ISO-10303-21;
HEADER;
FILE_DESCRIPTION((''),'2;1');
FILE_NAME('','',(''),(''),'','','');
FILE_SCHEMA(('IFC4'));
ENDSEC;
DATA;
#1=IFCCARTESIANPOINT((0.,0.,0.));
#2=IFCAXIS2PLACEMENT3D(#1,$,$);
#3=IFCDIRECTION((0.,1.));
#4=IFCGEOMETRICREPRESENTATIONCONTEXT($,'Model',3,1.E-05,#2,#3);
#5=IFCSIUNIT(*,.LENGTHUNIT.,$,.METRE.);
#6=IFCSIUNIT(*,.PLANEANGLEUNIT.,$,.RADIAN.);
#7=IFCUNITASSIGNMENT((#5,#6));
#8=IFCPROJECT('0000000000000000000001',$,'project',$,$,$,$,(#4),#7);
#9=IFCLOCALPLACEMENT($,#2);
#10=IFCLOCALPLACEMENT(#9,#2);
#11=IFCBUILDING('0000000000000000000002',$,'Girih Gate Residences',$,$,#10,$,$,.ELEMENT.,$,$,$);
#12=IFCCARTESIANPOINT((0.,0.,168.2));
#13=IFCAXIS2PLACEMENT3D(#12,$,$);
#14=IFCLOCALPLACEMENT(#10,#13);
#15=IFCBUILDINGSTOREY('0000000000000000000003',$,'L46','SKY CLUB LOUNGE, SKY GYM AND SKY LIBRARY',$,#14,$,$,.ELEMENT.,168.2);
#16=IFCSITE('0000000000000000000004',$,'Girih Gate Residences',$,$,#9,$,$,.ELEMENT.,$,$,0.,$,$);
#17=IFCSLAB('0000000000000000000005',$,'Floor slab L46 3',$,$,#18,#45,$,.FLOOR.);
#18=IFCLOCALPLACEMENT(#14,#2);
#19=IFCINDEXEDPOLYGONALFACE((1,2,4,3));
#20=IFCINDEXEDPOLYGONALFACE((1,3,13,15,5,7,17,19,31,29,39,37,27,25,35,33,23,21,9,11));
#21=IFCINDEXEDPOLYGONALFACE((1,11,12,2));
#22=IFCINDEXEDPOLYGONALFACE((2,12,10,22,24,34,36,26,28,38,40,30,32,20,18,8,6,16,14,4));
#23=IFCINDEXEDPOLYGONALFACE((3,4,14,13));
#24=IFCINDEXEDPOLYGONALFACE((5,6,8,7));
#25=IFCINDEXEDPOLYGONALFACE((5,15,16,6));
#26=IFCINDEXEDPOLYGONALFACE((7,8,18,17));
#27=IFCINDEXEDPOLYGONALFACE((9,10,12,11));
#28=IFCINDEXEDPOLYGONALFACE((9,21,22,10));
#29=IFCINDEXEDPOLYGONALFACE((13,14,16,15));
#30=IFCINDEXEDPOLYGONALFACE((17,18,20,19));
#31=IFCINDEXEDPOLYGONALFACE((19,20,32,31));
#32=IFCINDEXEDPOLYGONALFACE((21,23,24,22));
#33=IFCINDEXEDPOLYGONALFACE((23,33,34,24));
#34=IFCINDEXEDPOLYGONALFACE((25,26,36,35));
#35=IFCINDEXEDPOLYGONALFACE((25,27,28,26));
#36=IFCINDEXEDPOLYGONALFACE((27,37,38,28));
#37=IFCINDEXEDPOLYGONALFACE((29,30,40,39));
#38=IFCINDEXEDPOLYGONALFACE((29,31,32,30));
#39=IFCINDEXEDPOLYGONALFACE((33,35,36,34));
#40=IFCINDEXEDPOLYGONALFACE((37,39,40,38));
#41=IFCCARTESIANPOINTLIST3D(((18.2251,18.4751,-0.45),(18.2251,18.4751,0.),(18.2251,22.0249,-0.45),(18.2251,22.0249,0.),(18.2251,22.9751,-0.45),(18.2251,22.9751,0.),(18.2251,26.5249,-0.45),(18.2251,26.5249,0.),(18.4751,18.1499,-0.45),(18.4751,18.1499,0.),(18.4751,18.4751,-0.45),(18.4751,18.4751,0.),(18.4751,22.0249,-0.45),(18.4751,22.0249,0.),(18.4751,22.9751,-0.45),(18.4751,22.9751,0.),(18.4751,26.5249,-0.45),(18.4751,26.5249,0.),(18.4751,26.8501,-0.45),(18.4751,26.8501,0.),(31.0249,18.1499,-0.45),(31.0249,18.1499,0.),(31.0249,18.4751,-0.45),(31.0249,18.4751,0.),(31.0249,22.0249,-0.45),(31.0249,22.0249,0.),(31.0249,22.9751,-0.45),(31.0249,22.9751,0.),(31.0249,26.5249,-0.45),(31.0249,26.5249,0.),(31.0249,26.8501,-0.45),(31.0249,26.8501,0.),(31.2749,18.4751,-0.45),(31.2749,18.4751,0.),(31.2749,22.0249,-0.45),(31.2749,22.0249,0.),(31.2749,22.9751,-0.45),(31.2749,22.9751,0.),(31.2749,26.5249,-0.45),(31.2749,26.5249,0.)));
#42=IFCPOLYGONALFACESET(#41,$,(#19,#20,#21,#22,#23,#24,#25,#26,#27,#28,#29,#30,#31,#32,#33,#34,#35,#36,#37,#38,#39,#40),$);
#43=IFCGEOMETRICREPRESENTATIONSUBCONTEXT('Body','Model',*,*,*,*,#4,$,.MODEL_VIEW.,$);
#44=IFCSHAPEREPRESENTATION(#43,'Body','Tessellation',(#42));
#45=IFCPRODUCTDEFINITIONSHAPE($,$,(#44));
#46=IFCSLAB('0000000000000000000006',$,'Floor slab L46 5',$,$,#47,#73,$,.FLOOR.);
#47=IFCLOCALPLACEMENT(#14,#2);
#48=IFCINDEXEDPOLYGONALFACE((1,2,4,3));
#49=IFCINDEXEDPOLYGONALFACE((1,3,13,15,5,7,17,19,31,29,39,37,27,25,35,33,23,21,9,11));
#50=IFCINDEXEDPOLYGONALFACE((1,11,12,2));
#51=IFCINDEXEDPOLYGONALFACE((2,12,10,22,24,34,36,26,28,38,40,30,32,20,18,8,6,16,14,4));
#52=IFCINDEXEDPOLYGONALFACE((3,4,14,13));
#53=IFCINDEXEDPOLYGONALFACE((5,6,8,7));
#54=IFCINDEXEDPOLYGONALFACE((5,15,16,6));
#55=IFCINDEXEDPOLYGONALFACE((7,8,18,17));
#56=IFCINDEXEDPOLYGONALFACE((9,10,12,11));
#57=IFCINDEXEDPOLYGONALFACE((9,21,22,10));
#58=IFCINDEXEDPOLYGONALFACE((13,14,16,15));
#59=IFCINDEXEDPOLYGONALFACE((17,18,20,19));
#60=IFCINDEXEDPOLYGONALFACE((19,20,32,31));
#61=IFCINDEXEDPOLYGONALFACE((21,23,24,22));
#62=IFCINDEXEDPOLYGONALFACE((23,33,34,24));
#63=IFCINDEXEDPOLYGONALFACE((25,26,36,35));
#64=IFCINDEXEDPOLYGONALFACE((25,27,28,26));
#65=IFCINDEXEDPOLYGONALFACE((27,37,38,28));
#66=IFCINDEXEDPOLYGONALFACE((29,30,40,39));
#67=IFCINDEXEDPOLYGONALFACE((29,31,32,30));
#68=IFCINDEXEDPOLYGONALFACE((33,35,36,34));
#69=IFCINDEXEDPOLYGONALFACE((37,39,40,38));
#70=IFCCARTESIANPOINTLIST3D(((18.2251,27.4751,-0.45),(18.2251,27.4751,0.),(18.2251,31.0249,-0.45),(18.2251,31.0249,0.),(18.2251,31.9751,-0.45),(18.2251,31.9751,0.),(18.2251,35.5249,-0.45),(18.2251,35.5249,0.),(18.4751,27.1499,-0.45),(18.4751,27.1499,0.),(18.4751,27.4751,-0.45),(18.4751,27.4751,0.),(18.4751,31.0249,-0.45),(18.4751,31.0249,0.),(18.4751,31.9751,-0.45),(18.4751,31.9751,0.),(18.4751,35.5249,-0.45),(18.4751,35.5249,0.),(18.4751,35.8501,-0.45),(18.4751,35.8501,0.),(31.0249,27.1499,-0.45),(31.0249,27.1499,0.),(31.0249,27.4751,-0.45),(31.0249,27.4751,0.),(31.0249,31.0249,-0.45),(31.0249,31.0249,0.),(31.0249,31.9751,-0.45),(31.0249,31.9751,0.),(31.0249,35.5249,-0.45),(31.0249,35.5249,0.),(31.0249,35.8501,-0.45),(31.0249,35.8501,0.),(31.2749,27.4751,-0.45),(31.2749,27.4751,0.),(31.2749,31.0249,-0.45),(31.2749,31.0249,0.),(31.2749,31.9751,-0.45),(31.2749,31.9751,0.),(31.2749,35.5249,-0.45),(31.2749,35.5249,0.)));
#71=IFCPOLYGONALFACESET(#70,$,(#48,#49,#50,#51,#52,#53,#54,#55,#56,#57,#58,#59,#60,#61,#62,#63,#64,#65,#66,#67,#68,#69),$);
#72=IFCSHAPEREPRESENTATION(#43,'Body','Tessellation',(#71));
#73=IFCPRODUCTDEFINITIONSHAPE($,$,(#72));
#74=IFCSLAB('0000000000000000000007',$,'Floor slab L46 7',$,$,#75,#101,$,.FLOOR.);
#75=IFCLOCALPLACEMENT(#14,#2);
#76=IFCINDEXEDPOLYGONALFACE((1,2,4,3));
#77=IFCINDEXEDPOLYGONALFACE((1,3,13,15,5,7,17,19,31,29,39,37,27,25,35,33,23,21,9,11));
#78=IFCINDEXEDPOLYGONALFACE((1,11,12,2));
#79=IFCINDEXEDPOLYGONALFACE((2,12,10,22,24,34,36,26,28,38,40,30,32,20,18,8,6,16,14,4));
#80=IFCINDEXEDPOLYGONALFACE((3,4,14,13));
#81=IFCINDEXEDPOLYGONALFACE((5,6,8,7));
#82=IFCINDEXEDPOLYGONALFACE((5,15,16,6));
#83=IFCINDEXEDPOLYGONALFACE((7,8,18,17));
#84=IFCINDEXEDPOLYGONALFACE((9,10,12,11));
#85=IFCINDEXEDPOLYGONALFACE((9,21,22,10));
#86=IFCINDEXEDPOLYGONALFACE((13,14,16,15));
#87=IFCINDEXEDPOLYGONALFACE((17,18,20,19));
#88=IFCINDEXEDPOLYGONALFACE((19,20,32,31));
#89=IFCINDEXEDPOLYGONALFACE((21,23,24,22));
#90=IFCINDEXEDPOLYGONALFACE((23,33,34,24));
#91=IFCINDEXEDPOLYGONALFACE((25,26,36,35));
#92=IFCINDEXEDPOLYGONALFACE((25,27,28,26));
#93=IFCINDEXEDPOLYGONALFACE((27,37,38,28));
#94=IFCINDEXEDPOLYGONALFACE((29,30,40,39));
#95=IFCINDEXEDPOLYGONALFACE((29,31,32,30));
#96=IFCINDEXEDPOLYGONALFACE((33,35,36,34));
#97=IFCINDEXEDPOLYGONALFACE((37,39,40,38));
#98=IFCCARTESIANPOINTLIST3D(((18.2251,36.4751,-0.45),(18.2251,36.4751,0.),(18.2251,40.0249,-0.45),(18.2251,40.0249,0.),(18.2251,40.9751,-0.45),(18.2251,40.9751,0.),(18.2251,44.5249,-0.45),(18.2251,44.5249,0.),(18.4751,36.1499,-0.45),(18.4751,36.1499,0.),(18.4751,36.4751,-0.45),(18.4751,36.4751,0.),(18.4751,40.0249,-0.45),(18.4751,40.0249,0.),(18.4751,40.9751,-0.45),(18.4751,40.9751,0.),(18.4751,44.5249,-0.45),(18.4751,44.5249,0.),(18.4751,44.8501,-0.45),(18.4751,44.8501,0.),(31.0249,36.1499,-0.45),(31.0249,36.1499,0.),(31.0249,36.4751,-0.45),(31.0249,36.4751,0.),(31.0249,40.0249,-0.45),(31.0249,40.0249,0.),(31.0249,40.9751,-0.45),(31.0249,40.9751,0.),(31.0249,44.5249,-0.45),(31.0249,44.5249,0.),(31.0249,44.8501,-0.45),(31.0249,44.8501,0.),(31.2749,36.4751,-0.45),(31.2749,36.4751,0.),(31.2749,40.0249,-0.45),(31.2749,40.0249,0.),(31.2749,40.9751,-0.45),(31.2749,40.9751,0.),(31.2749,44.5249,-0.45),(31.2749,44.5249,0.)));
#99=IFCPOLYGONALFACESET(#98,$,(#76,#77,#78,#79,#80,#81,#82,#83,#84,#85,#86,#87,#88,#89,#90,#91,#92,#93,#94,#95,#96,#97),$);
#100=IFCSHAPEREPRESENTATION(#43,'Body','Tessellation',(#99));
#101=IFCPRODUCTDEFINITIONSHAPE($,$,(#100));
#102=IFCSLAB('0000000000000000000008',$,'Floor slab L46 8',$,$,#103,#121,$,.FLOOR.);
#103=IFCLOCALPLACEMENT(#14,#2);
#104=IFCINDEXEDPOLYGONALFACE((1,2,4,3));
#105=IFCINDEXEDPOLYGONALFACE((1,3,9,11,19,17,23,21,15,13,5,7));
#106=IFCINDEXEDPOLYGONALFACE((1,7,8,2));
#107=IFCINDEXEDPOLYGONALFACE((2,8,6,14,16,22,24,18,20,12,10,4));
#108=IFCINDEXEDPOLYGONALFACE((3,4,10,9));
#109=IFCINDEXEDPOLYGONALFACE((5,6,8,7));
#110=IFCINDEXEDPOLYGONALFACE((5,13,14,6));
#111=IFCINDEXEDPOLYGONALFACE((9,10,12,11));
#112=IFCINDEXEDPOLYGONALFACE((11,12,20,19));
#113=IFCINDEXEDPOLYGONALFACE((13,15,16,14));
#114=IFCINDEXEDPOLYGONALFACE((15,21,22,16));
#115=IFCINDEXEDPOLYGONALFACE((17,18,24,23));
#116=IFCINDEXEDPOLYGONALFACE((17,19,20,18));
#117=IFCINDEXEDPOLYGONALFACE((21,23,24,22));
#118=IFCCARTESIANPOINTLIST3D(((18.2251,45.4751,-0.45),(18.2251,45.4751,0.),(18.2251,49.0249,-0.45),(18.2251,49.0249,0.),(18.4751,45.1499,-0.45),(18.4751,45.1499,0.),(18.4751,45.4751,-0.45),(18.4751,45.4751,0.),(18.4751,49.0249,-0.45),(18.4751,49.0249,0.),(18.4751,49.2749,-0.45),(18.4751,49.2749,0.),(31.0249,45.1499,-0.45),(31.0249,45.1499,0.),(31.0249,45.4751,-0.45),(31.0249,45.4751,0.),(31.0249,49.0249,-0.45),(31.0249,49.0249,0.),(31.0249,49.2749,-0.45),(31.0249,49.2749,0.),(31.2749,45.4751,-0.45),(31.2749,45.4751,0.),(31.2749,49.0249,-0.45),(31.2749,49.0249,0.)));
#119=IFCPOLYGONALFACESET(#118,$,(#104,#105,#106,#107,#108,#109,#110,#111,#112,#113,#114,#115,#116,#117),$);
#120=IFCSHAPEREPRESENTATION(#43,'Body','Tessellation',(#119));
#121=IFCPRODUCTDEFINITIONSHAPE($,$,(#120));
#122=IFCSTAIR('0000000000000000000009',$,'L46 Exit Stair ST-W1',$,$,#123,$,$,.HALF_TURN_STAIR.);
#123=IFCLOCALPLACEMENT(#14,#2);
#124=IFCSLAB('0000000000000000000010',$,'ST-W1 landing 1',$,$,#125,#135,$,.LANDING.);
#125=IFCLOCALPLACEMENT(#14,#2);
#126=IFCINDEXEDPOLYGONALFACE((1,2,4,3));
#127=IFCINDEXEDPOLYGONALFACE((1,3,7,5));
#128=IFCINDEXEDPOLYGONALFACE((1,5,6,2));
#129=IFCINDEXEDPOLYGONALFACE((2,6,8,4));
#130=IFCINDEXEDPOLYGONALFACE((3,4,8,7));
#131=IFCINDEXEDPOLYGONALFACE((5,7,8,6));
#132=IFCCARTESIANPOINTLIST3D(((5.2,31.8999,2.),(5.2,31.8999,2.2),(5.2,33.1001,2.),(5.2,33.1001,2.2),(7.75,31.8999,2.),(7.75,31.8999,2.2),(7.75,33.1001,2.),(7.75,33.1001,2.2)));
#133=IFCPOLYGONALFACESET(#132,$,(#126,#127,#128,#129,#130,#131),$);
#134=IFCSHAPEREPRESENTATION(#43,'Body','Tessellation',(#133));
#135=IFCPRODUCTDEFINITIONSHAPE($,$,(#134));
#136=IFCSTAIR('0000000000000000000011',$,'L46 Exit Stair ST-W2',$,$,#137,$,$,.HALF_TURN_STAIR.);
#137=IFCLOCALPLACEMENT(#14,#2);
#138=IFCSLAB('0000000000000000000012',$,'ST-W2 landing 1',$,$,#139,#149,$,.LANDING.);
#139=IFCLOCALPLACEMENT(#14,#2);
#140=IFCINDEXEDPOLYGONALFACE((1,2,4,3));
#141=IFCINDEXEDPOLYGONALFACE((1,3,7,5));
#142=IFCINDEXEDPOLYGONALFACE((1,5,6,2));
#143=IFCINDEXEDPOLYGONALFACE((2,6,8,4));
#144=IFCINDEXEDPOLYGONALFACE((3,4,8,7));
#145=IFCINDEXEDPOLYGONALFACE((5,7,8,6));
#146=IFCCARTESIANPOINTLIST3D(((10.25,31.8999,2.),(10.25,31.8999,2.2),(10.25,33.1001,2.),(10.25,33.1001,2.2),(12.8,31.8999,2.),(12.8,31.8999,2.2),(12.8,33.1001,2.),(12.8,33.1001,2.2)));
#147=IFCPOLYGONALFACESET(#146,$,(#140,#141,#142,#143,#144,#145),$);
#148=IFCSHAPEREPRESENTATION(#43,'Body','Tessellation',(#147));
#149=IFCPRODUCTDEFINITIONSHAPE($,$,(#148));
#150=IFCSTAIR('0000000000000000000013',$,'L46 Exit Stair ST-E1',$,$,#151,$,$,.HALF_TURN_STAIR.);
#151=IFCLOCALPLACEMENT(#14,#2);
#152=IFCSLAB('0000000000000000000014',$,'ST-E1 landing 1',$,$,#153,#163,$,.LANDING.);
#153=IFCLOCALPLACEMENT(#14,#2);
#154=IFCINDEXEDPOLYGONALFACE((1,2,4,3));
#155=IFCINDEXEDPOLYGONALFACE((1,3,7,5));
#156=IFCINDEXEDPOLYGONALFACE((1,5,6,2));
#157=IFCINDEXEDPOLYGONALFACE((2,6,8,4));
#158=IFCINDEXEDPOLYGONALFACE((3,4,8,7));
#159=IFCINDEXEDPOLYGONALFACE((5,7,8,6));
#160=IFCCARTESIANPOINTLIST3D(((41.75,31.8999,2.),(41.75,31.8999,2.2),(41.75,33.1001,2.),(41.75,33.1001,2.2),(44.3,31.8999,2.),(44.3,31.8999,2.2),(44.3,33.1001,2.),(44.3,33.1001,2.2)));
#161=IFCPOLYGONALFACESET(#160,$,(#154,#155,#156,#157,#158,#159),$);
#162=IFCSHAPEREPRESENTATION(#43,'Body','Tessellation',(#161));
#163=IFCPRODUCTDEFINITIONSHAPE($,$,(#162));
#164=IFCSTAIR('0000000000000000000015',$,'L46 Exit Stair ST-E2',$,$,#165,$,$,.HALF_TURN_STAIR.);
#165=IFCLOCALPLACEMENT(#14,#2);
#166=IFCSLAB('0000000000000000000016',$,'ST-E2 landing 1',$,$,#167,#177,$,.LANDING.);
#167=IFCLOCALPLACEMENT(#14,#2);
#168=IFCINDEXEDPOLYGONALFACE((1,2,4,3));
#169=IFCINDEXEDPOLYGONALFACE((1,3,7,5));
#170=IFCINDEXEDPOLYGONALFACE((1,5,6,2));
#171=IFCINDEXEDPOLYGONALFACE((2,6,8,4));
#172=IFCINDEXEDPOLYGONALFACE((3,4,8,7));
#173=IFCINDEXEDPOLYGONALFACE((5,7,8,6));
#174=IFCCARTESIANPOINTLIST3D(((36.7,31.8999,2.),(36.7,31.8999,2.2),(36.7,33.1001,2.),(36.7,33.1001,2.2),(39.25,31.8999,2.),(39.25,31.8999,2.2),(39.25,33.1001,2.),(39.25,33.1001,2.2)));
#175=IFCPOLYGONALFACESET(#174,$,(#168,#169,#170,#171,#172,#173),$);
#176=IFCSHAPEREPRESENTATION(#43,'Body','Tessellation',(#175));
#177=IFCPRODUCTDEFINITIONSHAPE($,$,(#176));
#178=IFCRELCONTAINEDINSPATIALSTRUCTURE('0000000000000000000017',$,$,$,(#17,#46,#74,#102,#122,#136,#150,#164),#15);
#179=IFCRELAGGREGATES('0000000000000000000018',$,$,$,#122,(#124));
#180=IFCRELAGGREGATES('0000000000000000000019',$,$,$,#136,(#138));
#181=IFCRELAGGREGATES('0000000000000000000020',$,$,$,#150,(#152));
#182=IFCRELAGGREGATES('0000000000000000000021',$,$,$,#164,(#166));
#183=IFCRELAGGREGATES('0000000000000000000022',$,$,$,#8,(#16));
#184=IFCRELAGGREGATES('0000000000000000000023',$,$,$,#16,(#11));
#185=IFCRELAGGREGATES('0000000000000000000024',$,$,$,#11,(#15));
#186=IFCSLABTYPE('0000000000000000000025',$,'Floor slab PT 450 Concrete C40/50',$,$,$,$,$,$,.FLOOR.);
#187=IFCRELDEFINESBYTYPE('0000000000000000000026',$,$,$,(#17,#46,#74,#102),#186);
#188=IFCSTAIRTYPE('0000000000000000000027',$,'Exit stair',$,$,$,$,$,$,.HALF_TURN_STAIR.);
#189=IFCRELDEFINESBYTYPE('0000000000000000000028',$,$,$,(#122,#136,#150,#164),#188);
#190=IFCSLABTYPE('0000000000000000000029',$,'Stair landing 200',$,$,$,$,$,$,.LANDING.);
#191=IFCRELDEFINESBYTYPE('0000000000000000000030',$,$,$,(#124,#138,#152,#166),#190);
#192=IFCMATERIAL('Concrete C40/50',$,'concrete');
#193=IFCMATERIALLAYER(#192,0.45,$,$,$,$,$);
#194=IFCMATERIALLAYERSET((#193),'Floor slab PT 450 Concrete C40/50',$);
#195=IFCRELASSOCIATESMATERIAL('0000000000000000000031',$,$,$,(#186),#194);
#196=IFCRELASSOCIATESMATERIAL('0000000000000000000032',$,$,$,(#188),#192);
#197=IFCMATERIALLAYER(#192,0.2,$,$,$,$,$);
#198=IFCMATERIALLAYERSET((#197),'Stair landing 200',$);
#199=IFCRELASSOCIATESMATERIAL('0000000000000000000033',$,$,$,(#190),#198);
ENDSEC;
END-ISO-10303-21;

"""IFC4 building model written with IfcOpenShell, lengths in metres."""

from ifc_helpers import new_model, si_unit, direction, frame, origin, place, context, subcontext, project, spatial, polyline, outline, extrude, material, layer, layer_set, type_object, element, aggregate, save


model = new_model("IFC4")

# Units and contexts
model_context = context("Model", 3, precision=1e-05, world=origin(), true_north=direction((0.0, 1.0)))
body_context = subcontext(model_context, "Body", "Model", "MODEL_VIEW")
ifc_project = project(units=[si_unit("LENGTHUNIT", "METRE"), si_unit("PLANEANGLEUNIT", "RADIAN")], contexts=[model_context])

# Site, building, storey
site_placement = place(None, origin())
site = spatial("IfcSite", under=ifc_project, at=site_placement, Name="Girih Gate Residences", CompositionType="ELEMENT", RefElevation=0.0)
building_placement = place(site_placement, origin())
building = spatial("IfcBuilding", under=site, at=building_placement, Name="Girih Gate Residences", CompositionType="ELEMENT")
storey_placement = place(building_placement, frame((0.0, 0.0, 168.2)))
storey = spatial("IfcBuildingStorey", under=building, at=storey_placement, Name="L46", Description="SKY CLUB LOUNGE, SKY GYM AND SKY LIBRARY", CompositionType="ELEMENT", Elevation=168.2)

# Slabs
ifc_material_1 = material(Name="Concrete C40/50", Category="concrete")
ifc_layer_1 = layer(ifc_material_1, 0.45)
ifc_layer_set_1 = layer_set([ifc_layer_1], Name="Floor slab PT 450 Concrete C40/50")
slab_type_1 = type_object("IfcSlabType", Name="Floor slab PT 450 Concrete C40/50", PredefinedType="FLOOR", material=ifc_layer_set_1)
slab_1_placement = place(storey_placement, frame((0.0, 0.0, -0.45)))
element("IfcSlab", 1, at=slab_1_placement, inside=storey, type_object=slab_type_1, Name="Floor slab L46 3", PredefinedType="FLOOR", context=body_context, shape_type="SweptSolid", body=[
    extrude(outline(polyline([(18.4751, 26.8501), (18.4751, 26.5249), (18.2251, 26.5249), (18.2251, 22.9751), (18.4751, 22.9751), (18.4751, 22.0249), (18.2251, 22.0249), (18.2251, 18.4751), (18.4751, 18.4751), (18.4751, 18.1499), (31.0249, 18.1499), (31.0249, 18.4751), (31.2749, 18.4751), (31.2749, 22.0249), (31.0249, 22.0249), (31.0249, 22.9751), (31.2749, 22.9751), (31.2749, 26.5249), (31.0249, 26.5249), (31.0249, 26.8501), (18.4751, 26.8501)])), origin(), (0.0, 0.0, 1.0), 0.45),
])
slab_2_placement = place(storey_placement, frame((0.0, 0.0, -0.45)))
element("IfcSlab", 2, at=slab_2_placement, inside=storey, type_object=slab_type_1, Name="Floor slab L46 5", PredefinedType="FLOOR", context=body_context, shape_type="SweptSolid", body=[
    extrude(outline(polyline([(18.4751, 35.8501), (18.4751, 35.5249), (18.2251, 35.5249), (18.2251, 31.9751), (18.4751, 31.9751), (18.4751, 31.0249), (18.2251, 31.0249), (18.2251, 27.4751), (18.4751, 27.4751), (18.4751, 27.1499), (31.0249, 27.1499), (31.0249, 27.4751), (31.2749, 27.4751), (31.2749, 31.0249), (31.0249, 31.0249), (31.0249, 31.9751), (31.2749, 31.9751), (31.2749, 35.5249), (31.0249, 35.5249), (31.0249, 35.8501), (18.4751, 35.8501)])), origin(), (0.0, 0.0, 1.0), 0.45),
])
slab_3_placement = place(storey_placement, frame((0.0, 0.0, -0.45)))
element("IfcSlab", 3, at=slab_3_placement, inside=storey, type_object=slab_type_1, Name="Floor slab L46 7", PredefinedType="FLOOR", context=body_context, shape_type="SweptSolid", body=[
    extrude(outline(polyline([(31.0249, 44.8501), (18.4751, 44.8501), (18.4751, 44.5249), (18.2251, 44.5249), (18.2251, 40.9751), (18.4751, 40.9751), (18.4751, 40.0249), (18.2251, 40.0249), (18.2251, 36.4751), (18.4751, 36.4751), (18.4751, 36.1499), (31.0249, 36.1499), (31.0249, 36.4751), (31.2749, 36.4751), (31.2749, 40.0249), (31.0249, 40.0249), (31.0249, 40.9751), (31.2749, 40.9751), (31.2749, 44.5249), (31.0249, 44.5249), (31.0249, 44.8501)])), origin(), (0.0, 0.0, 1.0), 0.45),
])
slab_4_placement = place(storey_placement, frame((0.0, 0.0, -0.45)))
element("IfcSlab", 4, at=slab_4_placement, inside=storey, type_object=slab_type_1, Name="Floor slab L46 8", PredefinedType="FLOOR", context=body_context, shape_type="SweptSolid", body=[
    extrude(outline(polyline([(31.0249, 49.2749), (18.4751, 49.2749), (18.4751, 49.0249), (18.2251, 49.0249), (18.2251, 45.4751), (18.4751, 45.4751), (18.4751, 45.1499), (31.0249, 45.1499), (31.0249, 45.4751), (31.2749, 45.4751), (31.2749, 49.0249), (31.0249, 49.0249), (31.0249, 49.2749)])), origin(), (0.0, 0.0, 1.0), 0.45),
])

# Stairs, slabs
stair_type = type_object("IfcStairType", Name="Exit stair", PredefinedType="HALF_TURN_STAIR", material=ifc_material_1)
stair_1_placement = place(storey_placement, origin())
stair_1 = element("IfcStair", 5, at=stair_1_placement, inside=storey, type_object=stair_type, Name="L46 Exit Stair ST-W1", PredefinedType="HALF_TURN_STAIR")
ifc_layer_2 = layer(ifc_material_1, 0.2)
ifc_layer_set_2 = layer_set([ifc_layer_2], Name="Stair landing 200")
slab_type_2 = type_object("IfcSlabType", Name="Stair landing 200", PredefinedType="LANDING", material=ifc_layer_set_2)
slab_5_placement = place(storey_placement, frame((0.0, 0.0, 2.0)))
slab_5 = element("IfcSlab", 6, at=slab_5_placement, type_object=slab_type_2, Name="ST-W1 landing 1", PredefinedType="LANDING", context=body_context, shape_type="SweptSolid", body=[
    extrude(outline(polyline([(7.75, 31.8999), (7.75, 33.1001), (5.2, 33.1001), (5.2, 31.8999), (7.75, 31.8999)])), origin(), (0.0, 0.0, 1.0), 0.2),
])
aggregate(stair_1, [slab_5])
stair_2_placement = place(storey_placement, origin())
stair_2 = element("IfcStair", 7, at=stair_2_placement, inside=storey, type_object=stair_type, Name="L46 Exit Stair ST-W2", PredefinedType="HALF_TURN_STAIR")
slab_6_placement = place(storey_placement, frame((0.0, 0.0, 2.0)))
slab_6 = element("IfcSlab", 8, at=slab_6_placement, type_object=slab_type_2, Name="ST-W2 landing 1", PredefinedType="LANDING", context=body_context, shape_type="SweptSolid", body=[
    extrude(outline(polyline([(12.8, 31.8999), (12.8, 33.1001), (10.25, 33.1001), (10.25, 31.8999), (12.8, 31.8999)])), origin(), (0.0, 0.0, 1.0), 0.2),
])
aggregate(stair_2, [slab_6])
stair_3_placement = place(storey_placement, origin())
stair_3 = element("IfcStair", 9, at=stair_3_placement, inside=storey, type_object=stair_type, Name="L46 Exit Stair ST-E1", PredefinedType="HALF_TURN_STAIR")
slab_7_placement = place(storey_placement, frame((0.0, 0.0, 2.0)))
slab_7 = element("IfcSlab", 10, at=slab_7_placement, type_object=slab_type_2, Name="ST-E1 landing 1", PredefinedType="LANDING", context=body_context, shape_type="SweptSolid", body=[
    extrude(outline(polyline([(44.3, 31.8999), (44.3, 33.1001), (41.75, 33.1001), (41.75, 31.8999), (44.3, 31.8999)])), origin(), (0.0, 0.0, 1.0), 0.2),
])
aggregate(stair_3, [slab_7])
stair_4_placement = place(storey_placement, origin())
stair_4 = element("IfcStair", 11, at=stair_4_placement, inside=storey, type_object=stair_type, Name="L46 Exit Stair ST-E2", PredefinedType="HALF_TURN_STAIR")
slab_8_placement = place(storey_placement, frame((0.0, 0.0, 2.0)))
slab_8 = element("IfcSlab", 12, at=slab_8_placement, type_object=slab_type_2, Name="ST-E2 landing 1", PredefinedType="LANDING", context=body_context, shape_type="SweptSolid", body=[
    extrude(outline(polyline([(39.25, 31.8999), (39.25, 33.1001), (36.7, 33.1001), (36.7, 31.8999), (39.25, 31.8999)])), origin(), (0.0, 0.0, 1.0), 0.2),
])
aggregate(stair_4, [slab_8])

save(model, "model.ifc")
